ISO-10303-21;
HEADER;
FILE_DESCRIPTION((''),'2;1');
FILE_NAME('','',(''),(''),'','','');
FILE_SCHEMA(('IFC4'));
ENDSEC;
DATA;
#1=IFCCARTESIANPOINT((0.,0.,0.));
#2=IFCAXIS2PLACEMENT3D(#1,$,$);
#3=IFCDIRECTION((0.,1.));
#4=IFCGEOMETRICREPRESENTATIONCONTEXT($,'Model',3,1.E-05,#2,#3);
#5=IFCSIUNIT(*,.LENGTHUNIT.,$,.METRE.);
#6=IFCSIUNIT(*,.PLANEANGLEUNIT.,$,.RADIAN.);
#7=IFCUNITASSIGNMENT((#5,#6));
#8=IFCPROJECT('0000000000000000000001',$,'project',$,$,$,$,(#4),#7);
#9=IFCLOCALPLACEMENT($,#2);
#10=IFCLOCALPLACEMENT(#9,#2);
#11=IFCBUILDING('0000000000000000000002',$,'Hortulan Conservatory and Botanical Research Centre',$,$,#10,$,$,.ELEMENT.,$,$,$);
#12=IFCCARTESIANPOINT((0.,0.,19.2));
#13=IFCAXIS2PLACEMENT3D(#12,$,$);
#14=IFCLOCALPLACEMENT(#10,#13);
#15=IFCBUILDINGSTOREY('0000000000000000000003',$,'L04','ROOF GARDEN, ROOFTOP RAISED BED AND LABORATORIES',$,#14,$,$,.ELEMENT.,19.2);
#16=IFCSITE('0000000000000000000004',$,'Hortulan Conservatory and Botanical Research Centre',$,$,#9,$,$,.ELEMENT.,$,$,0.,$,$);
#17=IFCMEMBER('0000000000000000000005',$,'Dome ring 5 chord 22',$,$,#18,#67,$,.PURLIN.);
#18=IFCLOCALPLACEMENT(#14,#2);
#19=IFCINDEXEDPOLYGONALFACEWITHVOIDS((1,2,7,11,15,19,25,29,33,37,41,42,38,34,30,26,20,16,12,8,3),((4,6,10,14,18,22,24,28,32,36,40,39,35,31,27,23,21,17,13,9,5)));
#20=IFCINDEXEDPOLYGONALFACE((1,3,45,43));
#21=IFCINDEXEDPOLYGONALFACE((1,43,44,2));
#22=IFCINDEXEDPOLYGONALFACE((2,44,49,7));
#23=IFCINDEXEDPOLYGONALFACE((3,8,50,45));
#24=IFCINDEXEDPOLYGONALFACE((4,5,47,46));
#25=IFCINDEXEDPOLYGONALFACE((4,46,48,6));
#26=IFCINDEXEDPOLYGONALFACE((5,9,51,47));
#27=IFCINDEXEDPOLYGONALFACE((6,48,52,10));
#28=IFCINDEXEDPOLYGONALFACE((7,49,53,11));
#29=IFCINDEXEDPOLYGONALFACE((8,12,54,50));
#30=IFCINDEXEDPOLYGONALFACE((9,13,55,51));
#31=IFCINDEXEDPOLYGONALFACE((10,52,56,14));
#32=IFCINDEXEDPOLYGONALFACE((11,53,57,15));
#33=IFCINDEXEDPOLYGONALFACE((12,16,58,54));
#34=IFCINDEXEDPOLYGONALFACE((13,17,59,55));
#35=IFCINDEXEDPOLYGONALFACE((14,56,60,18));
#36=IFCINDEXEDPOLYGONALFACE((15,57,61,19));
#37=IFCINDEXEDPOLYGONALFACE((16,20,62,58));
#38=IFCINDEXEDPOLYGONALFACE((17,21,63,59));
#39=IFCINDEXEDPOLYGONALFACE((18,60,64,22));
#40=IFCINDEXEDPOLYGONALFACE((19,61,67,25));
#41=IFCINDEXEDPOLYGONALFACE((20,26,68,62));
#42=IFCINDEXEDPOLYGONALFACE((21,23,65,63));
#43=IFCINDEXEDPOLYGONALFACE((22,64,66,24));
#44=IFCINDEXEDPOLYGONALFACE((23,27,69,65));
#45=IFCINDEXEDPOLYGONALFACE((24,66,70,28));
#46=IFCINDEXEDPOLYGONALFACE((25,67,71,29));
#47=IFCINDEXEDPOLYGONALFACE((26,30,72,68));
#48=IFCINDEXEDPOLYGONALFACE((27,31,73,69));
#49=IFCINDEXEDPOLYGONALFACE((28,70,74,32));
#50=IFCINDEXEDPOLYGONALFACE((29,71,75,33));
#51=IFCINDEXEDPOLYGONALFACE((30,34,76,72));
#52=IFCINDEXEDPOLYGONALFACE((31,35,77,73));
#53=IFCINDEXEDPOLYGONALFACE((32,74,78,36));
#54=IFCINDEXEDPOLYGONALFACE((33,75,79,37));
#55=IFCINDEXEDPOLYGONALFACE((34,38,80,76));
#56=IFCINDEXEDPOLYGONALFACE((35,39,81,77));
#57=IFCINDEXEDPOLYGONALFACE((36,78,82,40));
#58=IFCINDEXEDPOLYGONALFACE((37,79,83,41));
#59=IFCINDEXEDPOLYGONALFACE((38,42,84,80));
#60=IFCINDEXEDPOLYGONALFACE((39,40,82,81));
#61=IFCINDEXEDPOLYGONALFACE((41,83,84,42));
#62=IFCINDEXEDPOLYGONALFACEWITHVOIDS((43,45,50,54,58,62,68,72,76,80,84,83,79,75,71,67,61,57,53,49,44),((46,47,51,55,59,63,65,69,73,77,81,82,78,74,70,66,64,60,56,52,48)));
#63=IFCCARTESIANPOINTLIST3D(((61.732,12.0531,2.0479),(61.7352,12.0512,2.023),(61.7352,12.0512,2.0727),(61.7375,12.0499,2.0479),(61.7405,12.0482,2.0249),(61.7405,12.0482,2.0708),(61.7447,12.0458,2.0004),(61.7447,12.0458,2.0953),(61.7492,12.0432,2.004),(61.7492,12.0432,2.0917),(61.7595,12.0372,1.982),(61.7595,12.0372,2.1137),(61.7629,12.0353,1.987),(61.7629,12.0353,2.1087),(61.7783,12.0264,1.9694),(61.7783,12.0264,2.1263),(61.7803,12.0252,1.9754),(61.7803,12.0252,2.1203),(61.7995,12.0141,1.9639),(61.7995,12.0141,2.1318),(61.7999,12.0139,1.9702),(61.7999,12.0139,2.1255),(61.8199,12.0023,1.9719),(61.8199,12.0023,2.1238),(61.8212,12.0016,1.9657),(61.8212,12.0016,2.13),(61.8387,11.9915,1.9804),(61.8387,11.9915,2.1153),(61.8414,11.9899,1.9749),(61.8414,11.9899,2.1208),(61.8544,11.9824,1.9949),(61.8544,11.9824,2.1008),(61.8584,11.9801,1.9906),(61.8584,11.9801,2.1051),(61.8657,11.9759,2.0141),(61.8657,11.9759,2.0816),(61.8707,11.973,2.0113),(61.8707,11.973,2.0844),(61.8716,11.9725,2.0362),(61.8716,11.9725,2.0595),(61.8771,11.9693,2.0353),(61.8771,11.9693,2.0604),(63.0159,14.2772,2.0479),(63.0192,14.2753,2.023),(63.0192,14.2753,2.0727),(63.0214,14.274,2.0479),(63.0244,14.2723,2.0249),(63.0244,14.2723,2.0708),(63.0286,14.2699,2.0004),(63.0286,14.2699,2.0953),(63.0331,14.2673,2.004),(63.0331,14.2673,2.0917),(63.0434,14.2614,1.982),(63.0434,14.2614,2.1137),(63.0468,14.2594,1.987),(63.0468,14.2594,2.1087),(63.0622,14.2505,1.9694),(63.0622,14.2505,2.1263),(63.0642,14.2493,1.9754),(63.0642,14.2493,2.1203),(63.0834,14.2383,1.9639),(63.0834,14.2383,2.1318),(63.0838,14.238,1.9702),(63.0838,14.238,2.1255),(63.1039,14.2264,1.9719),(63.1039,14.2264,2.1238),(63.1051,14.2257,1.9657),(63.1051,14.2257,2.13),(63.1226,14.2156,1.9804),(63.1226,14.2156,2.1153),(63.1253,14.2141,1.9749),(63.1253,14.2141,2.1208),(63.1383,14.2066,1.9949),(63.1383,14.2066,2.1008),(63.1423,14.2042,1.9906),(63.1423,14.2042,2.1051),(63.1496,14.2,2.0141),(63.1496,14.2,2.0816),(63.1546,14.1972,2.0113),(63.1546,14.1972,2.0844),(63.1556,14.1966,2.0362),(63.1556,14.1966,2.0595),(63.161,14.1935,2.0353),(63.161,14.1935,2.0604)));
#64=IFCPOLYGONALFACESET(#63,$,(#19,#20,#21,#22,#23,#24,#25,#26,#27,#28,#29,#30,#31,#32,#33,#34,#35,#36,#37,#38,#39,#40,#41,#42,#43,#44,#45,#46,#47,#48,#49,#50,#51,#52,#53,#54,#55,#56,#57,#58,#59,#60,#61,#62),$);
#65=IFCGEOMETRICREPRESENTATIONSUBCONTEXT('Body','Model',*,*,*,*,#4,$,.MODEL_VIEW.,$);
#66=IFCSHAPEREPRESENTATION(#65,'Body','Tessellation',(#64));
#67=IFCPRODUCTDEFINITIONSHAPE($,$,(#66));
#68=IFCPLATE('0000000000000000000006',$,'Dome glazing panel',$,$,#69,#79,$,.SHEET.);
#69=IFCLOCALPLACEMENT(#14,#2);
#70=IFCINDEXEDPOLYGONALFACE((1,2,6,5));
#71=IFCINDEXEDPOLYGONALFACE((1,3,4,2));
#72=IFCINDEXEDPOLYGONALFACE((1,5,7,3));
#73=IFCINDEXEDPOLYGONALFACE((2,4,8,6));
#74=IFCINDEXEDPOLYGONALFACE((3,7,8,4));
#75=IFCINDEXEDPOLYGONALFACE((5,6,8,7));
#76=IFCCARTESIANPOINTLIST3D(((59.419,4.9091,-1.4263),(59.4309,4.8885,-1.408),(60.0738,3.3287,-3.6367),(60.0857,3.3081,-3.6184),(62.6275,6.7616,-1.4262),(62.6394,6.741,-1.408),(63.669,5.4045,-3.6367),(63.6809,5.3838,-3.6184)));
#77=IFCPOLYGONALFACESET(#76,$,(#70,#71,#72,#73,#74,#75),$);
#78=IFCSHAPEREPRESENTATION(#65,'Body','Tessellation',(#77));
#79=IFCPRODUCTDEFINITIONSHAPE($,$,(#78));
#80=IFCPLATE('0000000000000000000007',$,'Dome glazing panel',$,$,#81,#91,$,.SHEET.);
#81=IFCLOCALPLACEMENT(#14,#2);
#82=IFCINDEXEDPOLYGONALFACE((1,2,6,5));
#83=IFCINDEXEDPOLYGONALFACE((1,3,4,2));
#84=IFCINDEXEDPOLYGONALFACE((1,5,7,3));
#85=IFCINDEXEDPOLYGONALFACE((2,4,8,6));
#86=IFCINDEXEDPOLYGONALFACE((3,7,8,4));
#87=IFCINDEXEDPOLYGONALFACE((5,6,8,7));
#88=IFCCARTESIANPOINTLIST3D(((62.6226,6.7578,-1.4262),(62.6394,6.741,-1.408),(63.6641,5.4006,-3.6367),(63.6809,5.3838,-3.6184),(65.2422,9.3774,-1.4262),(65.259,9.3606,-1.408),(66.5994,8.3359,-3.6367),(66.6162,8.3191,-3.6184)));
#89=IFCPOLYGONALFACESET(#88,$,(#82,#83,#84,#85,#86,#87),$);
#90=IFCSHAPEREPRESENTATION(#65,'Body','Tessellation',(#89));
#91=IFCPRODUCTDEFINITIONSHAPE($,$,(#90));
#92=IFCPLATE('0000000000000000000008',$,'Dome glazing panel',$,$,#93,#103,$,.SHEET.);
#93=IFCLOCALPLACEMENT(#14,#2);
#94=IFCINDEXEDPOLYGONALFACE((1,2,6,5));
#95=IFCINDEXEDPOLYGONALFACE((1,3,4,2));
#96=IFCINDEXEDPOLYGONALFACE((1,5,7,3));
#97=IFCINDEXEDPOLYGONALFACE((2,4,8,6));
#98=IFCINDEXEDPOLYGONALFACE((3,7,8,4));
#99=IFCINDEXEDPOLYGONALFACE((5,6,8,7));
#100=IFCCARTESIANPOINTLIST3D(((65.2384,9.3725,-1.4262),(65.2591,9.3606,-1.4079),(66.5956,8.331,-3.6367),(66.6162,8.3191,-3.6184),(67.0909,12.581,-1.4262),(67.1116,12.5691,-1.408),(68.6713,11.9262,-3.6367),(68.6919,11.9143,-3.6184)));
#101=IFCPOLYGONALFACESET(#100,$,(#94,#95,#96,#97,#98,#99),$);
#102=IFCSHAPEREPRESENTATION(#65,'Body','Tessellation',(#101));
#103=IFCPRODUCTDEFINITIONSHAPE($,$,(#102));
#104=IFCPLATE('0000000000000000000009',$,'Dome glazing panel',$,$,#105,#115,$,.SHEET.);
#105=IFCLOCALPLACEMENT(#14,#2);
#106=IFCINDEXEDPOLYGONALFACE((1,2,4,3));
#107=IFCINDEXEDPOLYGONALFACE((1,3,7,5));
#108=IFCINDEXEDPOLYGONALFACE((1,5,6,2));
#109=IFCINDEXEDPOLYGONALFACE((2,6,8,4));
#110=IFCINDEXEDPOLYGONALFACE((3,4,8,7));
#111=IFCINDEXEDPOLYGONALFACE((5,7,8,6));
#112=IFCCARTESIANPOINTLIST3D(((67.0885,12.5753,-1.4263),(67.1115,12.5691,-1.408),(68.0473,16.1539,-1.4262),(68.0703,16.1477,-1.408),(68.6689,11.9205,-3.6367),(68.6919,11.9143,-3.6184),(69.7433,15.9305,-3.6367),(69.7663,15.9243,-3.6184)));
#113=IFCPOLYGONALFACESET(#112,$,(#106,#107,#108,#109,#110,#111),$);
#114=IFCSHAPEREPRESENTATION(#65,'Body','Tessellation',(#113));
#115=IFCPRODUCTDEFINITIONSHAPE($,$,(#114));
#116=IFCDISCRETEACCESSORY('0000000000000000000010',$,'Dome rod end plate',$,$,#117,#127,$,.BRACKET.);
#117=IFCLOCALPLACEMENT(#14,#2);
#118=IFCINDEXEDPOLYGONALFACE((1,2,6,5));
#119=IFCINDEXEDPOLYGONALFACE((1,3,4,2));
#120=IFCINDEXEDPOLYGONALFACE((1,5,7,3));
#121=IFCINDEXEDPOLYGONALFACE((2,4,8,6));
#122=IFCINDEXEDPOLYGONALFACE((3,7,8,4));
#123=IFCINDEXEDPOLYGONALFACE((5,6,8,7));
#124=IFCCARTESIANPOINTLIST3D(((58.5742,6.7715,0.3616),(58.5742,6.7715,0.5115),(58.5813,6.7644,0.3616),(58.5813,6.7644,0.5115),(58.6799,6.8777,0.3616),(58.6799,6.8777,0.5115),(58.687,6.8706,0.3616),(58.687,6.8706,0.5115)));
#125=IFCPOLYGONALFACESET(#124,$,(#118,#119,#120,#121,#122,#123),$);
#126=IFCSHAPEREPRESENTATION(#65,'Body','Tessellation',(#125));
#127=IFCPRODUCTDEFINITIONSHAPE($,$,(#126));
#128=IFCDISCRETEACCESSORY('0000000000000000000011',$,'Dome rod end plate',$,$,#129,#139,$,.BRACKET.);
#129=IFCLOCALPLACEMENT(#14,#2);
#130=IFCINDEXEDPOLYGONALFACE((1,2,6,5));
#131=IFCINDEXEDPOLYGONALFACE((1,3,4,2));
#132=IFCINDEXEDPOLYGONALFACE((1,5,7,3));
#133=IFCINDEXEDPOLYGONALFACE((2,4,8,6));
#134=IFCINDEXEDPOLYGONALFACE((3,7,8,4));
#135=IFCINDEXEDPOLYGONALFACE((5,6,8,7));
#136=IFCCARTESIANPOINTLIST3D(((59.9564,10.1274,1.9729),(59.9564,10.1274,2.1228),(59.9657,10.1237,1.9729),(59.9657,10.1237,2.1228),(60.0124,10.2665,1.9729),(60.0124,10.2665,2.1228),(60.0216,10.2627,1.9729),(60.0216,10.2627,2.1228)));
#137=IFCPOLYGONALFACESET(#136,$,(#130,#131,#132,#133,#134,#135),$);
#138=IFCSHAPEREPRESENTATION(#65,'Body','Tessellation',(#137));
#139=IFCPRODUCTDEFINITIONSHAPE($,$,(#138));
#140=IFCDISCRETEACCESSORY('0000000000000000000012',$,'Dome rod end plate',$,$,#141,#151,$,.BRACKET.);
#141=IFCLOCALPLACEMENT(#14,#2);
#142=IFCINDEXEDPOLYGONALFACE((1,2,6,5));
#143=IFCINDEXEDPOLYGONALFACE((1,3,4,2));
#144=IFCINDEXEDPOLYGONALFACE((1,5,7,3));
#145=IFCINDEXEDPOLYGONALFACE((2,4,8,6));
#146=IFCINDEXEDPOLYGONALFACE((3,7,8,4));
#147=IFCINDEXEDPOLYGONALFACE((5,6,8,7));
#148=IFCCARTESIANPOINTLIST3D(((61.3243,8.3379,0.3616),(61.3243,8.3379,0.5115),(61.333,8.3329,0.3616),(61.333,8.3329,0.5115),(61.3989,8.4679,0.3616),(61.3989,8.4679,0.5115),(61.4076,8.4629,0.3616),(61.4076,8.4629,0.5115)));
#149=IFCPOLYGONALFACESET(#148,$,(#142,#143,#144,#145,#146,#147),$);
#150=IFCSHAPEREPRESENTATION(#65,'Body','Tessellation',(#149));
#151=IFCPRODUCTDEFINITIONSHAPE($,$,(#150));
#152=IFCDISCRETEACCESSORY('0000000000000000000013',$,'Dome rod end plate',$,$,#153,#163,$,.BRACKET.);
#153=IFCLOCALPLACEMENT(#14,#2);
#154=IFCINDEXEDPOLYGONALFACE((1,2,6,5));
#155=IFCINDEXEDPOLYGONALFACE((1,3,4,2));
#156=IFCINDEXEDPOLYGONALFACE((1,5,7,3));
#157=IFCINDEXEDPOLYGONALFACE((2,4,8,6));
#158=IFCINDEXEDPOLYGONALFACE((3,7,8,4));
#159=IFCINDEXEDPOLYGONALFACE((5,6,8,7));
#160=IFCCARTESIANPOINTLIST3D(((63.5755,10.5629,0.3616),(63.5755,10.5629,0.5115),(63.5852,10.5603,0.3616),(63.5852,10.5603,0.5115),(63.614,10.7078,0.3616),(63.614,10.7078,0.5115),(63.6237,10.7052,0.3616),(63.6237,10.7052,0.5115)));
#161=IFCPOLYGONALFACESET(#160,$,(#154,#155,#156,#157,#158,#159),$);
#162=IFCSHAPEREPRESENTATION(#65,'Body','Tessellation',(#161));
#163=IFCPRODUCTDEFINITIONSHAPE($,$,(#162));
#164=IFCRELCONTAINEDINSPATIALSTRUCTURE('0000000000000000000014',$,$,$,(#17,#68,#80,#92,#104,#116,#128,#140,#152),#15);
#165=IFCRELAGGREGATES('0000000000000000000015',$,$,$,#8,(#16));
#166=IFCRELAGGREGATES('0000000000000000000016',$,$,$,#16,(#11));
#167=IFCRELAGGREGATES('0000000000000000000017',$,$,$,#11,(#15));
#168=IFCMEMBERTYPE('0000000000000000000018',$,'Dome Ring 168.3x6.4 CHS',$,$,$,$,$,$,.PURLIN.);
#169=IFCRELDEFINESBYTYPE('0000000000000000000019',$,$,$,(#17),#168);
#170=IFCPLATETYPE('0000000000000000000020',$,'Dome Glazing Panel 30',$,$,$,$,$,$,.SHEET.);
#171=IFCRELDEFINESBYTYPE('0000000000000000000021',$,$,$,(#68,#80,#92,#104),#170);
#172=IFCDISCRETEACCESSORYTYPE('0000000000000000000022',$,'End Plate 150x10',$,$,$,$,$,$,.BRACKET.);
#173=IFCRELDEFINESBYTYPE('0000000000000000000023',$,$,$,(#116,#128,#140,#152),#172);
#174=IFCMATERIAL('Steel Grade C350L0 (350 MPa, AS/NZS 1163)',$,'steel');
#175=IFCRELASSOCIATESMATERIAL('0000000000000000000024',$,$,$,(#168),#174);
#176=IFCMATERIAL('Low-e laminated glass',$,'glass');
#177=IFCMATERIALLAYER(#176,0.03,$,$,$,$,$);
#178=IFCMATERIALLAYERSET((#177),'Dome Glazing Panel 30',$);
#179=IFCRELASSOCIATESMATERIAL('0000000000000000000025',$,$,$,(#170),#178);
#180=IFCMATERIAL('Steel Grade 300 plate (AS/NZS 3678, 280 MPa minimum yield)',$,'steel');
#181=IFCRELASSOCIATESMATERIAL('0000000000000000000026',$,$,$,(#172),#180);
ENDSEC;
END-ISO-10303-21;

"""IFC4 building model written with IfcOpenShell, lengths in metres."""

from ifc_helpers import new_model, si_unit, direction, frame, origin, origin_2d, place, context, subcontext, project, spatial, polyline, rectangle, hollow_circle, outline, extrude, material, layer, layer_set, material_profile, profile_set, type_object, element, save


model = new_model("IFC4")

# Units and contexts
model_context = context("Model", 3, precision=1e-05, world=origin(), true_north=direction((0.0, 1.0)))
body_context = subcontext(model_context, "Body", "Model", "MODEL_VIEW")
ifc_project = project(units=[si_unit("LENGTHUNIT", "METRE"), si_unit("PLANEANGLEUNIT", "RADIAN")], contexts=[model_context])

# Site, building, storey
site_placement = place(None, origin())
site = spatial("IfcSite", under=ifc_project, at=site_placement, Name="Hortulan Conservatory and Botanical Research Centre", CompositionType="ELEMENT", RefElevation=0.0)
building_placement = place(site_placement, origin())
building = spatial("IfcBuilding", under=site, at=building_placement, Name="Hortulan Conservatory and Botanical Research Centre", CompositionType="ELEMENT")
storey_placement = place(building_placement, frame((0.0, 0.0, 19.2)))
storey = spatial("IfcBuildingStorey", under=building, at=storey_placement, Name="L04", Description="ROOF GARDEN, ROOFTOP RAISED BED AND LABORATORIES", CompositionType="ELEMENT", Elevation=19.2)

# Shared definitions
ifc_material_1 = material(Name="Steel Grade C350L0 (350 MPa, AS/NZS 1163)", Category="steel")

# Member
ifc_material_profile_1 = material_profile(ifc_material_1, hollow_circle(Radius=0.0842, WallThickness=0.0063, at=origin_2d()), Name="168.3x6.4CHS")
ifc_profile_set_1 = profile_set([ifc_material_profile_1], Name="Steel Grade C350L0 (350 MPa, AS/NZS 1163)")
member_type_1 = type_object("IfcMemberType", Name="Dome Ring 168.3x6.4 CHS", PredefinedType="PURLIN", material=ifc_profile_set_1)
for number, where, z_axis, x_axis, name in (
    (1, (61.8049, 12.011, 2.0479), (0.499953, 0.866053, 0.0), (-0.866053, 0.499953, 0.0), "Dome ring 5 chord 22"),
):
    element("IfcMember", number, at=place(storey_placement, frame(where, z_axis=z_axis, x_axis=x_axis)), inside=storey, type_object=member_type_1, Name=name, PredefinedType="PURLIN", context=body_context, shape_type="SweptSolid", body=[
        extrude(hollow_circle(Radius=0.0842, WallThickness=0.0063, at=origin_2d()), origin(), (0.0, 0.0, 1.0), 2.5681),
    ])

# Plates
ifc_material_2 = material(Name="Low-e laminated glass", Category="glass")
ifc_layer = layer(ifc_material_2, 0.03)
ifc_layer_set = layer_set([ifc_layer], Name="Dome Glazing Panel 30")
plate_type = type_object("IfcPlateType", Name="Dome Glazing Panel 30", PredefinedType="SHEET", material=ifc_layer_set)
plate_1_placement = place(storey_placement, frame((60.0857, 3.3081, -3.6184), z_axis=(0.396692, -0.687073, 0.608741), x_axis=(0.866023, 0.500005, -0.000007)))
element("IfcPlate", 2, at=plate_1_placement, inside=storey, type_object=plate_type, Name="Dome glazing panel", PredefinedType="SHEET", context=body_context, shape_type="SweptSolid", body=[
    extrude(outline(polyline([(0.0, 0.0), (4.1514, 0.0), (3.928, 2.7862), (0.2231, 2.7861), (0.0, 0.0)])), origin(), (0.0, 0.0, -1.0), 0.03),
])
plate_2_placement = place(storey_placement, frame((63.6809, 5.3838, -3.6184), z_axis=(0.560987, -0.560987, 0.608758), x_axis=(0.707107, 0.707107, 0.0)))
element("IfcPlate", 3, at=plate_2_placement, inside=storey, type_object=plate_type, Name="Dome glazing panel", PredefinedType="SHEET", context=body_context, shape_type="SweptSolid", body=[
    extrude(outline(polyline([(0.0, 0.0), (4.1511, 0.0), (3.9279, 2.7862), (0.2232, 2.7862), (0.0, 0.0)])), origin(), (0.0, 0.0, -1.0), 0.03),
])
plate_3_placement = place(storey_placement, frame((66.6162, 8.3191, -3.6184), z_axis=(0.687073, -0.396692, 0.608741), x_axis=(0.500005, 0.866023, 0.000007)))
element("IfcPlate", 4, at=plate_3_placement, inside=storey, type_object=plate_type, Name="Dome glazing panel", PredefinedType="SHEET", context=body_context, shape_type="SweptSolid", body=[
    extrude(outline(polyline([(0.0, 0.0), (4.1514, 0.0), (3.9283, 2.7861), (0.2234, 2.7862), (0.0, 0.0)])), origin(), (0.0, 0.0, -1.0), 0.03),
])
plate_4_placement = place(storey_placement, frame((68.6919, 11.9143, -3.6184), z_axis=(0.766346, -0.205325, 0.608732), x_axis=(0.258806, 0.965929, -0.000008)))
element("IfcPlate", 5, at=plate_4_placement, inside=storey, type_object=plate_type, Name="Dome glazing panel", PredefinedType="SHEET", context=body_context, shape_type="SweptSolid", body=[
    extrude(outline(polyline([(0.0, 0.0), (4.1515, 0.0), (3.9283, 2.7862), (0.2235, 2.7861), (0.0, 0.0)])), origin(), (0.0, 0.0, -1.0), 0.03),
])

# Discrete accessories
ifc_material_3 = material(Name="Steel Grade 300 plate (AS/NZS 3678, 280 MPa minimum yield)", Category="steel")
discrete_accessory_type = type_object("IfcDiscreteAccessoryType", Name="End Plate 150x10", PredefinedType="BRACKET", material=ifc_material_3)
for number, where, z_axis, x_axis, name in (
    (6, (58.6306, 6.821, 0.3616), (0.0, 0.0, 1.0), (0.705439, 0.708771, 0.0), "Dome rod end plate"),
    (7, (59.989, 10.1951, 1.9729), (0.0, 0.0, 1.0), (0.373474, 0.927641, 0.0), "Dome rod end plate"),
    (8, (61.366, 8.4004, 0.3616), (0.0, 0.0, 1.0), (0.497958, 0.867201, 0.0), "Dome rod end plate"),
    (9, (63.5996, 10.634, 0.3616), (0.0, 0.0, 1.0), (0.256542, 0.966533, 0.0), "Dome rod end plate"),
):
    element("IfcDiscreteAccessory", number, at=place(storey_placement, frame(where, z_axis=z_axis, x_axis=x_axis)), inside=storey, type_object=discrete_accessory_type, Name=name, PredefinedType="BRACKET", context=body_context, shape_type="SweptSolid", body=[
        extrude(rectangle(XDim=0.1499, YDim=0.01, at=origin_2d()), origin(), (0.0, 0.0, 1.0), 0.1499),
    ])

save(model, "model.ifc")
